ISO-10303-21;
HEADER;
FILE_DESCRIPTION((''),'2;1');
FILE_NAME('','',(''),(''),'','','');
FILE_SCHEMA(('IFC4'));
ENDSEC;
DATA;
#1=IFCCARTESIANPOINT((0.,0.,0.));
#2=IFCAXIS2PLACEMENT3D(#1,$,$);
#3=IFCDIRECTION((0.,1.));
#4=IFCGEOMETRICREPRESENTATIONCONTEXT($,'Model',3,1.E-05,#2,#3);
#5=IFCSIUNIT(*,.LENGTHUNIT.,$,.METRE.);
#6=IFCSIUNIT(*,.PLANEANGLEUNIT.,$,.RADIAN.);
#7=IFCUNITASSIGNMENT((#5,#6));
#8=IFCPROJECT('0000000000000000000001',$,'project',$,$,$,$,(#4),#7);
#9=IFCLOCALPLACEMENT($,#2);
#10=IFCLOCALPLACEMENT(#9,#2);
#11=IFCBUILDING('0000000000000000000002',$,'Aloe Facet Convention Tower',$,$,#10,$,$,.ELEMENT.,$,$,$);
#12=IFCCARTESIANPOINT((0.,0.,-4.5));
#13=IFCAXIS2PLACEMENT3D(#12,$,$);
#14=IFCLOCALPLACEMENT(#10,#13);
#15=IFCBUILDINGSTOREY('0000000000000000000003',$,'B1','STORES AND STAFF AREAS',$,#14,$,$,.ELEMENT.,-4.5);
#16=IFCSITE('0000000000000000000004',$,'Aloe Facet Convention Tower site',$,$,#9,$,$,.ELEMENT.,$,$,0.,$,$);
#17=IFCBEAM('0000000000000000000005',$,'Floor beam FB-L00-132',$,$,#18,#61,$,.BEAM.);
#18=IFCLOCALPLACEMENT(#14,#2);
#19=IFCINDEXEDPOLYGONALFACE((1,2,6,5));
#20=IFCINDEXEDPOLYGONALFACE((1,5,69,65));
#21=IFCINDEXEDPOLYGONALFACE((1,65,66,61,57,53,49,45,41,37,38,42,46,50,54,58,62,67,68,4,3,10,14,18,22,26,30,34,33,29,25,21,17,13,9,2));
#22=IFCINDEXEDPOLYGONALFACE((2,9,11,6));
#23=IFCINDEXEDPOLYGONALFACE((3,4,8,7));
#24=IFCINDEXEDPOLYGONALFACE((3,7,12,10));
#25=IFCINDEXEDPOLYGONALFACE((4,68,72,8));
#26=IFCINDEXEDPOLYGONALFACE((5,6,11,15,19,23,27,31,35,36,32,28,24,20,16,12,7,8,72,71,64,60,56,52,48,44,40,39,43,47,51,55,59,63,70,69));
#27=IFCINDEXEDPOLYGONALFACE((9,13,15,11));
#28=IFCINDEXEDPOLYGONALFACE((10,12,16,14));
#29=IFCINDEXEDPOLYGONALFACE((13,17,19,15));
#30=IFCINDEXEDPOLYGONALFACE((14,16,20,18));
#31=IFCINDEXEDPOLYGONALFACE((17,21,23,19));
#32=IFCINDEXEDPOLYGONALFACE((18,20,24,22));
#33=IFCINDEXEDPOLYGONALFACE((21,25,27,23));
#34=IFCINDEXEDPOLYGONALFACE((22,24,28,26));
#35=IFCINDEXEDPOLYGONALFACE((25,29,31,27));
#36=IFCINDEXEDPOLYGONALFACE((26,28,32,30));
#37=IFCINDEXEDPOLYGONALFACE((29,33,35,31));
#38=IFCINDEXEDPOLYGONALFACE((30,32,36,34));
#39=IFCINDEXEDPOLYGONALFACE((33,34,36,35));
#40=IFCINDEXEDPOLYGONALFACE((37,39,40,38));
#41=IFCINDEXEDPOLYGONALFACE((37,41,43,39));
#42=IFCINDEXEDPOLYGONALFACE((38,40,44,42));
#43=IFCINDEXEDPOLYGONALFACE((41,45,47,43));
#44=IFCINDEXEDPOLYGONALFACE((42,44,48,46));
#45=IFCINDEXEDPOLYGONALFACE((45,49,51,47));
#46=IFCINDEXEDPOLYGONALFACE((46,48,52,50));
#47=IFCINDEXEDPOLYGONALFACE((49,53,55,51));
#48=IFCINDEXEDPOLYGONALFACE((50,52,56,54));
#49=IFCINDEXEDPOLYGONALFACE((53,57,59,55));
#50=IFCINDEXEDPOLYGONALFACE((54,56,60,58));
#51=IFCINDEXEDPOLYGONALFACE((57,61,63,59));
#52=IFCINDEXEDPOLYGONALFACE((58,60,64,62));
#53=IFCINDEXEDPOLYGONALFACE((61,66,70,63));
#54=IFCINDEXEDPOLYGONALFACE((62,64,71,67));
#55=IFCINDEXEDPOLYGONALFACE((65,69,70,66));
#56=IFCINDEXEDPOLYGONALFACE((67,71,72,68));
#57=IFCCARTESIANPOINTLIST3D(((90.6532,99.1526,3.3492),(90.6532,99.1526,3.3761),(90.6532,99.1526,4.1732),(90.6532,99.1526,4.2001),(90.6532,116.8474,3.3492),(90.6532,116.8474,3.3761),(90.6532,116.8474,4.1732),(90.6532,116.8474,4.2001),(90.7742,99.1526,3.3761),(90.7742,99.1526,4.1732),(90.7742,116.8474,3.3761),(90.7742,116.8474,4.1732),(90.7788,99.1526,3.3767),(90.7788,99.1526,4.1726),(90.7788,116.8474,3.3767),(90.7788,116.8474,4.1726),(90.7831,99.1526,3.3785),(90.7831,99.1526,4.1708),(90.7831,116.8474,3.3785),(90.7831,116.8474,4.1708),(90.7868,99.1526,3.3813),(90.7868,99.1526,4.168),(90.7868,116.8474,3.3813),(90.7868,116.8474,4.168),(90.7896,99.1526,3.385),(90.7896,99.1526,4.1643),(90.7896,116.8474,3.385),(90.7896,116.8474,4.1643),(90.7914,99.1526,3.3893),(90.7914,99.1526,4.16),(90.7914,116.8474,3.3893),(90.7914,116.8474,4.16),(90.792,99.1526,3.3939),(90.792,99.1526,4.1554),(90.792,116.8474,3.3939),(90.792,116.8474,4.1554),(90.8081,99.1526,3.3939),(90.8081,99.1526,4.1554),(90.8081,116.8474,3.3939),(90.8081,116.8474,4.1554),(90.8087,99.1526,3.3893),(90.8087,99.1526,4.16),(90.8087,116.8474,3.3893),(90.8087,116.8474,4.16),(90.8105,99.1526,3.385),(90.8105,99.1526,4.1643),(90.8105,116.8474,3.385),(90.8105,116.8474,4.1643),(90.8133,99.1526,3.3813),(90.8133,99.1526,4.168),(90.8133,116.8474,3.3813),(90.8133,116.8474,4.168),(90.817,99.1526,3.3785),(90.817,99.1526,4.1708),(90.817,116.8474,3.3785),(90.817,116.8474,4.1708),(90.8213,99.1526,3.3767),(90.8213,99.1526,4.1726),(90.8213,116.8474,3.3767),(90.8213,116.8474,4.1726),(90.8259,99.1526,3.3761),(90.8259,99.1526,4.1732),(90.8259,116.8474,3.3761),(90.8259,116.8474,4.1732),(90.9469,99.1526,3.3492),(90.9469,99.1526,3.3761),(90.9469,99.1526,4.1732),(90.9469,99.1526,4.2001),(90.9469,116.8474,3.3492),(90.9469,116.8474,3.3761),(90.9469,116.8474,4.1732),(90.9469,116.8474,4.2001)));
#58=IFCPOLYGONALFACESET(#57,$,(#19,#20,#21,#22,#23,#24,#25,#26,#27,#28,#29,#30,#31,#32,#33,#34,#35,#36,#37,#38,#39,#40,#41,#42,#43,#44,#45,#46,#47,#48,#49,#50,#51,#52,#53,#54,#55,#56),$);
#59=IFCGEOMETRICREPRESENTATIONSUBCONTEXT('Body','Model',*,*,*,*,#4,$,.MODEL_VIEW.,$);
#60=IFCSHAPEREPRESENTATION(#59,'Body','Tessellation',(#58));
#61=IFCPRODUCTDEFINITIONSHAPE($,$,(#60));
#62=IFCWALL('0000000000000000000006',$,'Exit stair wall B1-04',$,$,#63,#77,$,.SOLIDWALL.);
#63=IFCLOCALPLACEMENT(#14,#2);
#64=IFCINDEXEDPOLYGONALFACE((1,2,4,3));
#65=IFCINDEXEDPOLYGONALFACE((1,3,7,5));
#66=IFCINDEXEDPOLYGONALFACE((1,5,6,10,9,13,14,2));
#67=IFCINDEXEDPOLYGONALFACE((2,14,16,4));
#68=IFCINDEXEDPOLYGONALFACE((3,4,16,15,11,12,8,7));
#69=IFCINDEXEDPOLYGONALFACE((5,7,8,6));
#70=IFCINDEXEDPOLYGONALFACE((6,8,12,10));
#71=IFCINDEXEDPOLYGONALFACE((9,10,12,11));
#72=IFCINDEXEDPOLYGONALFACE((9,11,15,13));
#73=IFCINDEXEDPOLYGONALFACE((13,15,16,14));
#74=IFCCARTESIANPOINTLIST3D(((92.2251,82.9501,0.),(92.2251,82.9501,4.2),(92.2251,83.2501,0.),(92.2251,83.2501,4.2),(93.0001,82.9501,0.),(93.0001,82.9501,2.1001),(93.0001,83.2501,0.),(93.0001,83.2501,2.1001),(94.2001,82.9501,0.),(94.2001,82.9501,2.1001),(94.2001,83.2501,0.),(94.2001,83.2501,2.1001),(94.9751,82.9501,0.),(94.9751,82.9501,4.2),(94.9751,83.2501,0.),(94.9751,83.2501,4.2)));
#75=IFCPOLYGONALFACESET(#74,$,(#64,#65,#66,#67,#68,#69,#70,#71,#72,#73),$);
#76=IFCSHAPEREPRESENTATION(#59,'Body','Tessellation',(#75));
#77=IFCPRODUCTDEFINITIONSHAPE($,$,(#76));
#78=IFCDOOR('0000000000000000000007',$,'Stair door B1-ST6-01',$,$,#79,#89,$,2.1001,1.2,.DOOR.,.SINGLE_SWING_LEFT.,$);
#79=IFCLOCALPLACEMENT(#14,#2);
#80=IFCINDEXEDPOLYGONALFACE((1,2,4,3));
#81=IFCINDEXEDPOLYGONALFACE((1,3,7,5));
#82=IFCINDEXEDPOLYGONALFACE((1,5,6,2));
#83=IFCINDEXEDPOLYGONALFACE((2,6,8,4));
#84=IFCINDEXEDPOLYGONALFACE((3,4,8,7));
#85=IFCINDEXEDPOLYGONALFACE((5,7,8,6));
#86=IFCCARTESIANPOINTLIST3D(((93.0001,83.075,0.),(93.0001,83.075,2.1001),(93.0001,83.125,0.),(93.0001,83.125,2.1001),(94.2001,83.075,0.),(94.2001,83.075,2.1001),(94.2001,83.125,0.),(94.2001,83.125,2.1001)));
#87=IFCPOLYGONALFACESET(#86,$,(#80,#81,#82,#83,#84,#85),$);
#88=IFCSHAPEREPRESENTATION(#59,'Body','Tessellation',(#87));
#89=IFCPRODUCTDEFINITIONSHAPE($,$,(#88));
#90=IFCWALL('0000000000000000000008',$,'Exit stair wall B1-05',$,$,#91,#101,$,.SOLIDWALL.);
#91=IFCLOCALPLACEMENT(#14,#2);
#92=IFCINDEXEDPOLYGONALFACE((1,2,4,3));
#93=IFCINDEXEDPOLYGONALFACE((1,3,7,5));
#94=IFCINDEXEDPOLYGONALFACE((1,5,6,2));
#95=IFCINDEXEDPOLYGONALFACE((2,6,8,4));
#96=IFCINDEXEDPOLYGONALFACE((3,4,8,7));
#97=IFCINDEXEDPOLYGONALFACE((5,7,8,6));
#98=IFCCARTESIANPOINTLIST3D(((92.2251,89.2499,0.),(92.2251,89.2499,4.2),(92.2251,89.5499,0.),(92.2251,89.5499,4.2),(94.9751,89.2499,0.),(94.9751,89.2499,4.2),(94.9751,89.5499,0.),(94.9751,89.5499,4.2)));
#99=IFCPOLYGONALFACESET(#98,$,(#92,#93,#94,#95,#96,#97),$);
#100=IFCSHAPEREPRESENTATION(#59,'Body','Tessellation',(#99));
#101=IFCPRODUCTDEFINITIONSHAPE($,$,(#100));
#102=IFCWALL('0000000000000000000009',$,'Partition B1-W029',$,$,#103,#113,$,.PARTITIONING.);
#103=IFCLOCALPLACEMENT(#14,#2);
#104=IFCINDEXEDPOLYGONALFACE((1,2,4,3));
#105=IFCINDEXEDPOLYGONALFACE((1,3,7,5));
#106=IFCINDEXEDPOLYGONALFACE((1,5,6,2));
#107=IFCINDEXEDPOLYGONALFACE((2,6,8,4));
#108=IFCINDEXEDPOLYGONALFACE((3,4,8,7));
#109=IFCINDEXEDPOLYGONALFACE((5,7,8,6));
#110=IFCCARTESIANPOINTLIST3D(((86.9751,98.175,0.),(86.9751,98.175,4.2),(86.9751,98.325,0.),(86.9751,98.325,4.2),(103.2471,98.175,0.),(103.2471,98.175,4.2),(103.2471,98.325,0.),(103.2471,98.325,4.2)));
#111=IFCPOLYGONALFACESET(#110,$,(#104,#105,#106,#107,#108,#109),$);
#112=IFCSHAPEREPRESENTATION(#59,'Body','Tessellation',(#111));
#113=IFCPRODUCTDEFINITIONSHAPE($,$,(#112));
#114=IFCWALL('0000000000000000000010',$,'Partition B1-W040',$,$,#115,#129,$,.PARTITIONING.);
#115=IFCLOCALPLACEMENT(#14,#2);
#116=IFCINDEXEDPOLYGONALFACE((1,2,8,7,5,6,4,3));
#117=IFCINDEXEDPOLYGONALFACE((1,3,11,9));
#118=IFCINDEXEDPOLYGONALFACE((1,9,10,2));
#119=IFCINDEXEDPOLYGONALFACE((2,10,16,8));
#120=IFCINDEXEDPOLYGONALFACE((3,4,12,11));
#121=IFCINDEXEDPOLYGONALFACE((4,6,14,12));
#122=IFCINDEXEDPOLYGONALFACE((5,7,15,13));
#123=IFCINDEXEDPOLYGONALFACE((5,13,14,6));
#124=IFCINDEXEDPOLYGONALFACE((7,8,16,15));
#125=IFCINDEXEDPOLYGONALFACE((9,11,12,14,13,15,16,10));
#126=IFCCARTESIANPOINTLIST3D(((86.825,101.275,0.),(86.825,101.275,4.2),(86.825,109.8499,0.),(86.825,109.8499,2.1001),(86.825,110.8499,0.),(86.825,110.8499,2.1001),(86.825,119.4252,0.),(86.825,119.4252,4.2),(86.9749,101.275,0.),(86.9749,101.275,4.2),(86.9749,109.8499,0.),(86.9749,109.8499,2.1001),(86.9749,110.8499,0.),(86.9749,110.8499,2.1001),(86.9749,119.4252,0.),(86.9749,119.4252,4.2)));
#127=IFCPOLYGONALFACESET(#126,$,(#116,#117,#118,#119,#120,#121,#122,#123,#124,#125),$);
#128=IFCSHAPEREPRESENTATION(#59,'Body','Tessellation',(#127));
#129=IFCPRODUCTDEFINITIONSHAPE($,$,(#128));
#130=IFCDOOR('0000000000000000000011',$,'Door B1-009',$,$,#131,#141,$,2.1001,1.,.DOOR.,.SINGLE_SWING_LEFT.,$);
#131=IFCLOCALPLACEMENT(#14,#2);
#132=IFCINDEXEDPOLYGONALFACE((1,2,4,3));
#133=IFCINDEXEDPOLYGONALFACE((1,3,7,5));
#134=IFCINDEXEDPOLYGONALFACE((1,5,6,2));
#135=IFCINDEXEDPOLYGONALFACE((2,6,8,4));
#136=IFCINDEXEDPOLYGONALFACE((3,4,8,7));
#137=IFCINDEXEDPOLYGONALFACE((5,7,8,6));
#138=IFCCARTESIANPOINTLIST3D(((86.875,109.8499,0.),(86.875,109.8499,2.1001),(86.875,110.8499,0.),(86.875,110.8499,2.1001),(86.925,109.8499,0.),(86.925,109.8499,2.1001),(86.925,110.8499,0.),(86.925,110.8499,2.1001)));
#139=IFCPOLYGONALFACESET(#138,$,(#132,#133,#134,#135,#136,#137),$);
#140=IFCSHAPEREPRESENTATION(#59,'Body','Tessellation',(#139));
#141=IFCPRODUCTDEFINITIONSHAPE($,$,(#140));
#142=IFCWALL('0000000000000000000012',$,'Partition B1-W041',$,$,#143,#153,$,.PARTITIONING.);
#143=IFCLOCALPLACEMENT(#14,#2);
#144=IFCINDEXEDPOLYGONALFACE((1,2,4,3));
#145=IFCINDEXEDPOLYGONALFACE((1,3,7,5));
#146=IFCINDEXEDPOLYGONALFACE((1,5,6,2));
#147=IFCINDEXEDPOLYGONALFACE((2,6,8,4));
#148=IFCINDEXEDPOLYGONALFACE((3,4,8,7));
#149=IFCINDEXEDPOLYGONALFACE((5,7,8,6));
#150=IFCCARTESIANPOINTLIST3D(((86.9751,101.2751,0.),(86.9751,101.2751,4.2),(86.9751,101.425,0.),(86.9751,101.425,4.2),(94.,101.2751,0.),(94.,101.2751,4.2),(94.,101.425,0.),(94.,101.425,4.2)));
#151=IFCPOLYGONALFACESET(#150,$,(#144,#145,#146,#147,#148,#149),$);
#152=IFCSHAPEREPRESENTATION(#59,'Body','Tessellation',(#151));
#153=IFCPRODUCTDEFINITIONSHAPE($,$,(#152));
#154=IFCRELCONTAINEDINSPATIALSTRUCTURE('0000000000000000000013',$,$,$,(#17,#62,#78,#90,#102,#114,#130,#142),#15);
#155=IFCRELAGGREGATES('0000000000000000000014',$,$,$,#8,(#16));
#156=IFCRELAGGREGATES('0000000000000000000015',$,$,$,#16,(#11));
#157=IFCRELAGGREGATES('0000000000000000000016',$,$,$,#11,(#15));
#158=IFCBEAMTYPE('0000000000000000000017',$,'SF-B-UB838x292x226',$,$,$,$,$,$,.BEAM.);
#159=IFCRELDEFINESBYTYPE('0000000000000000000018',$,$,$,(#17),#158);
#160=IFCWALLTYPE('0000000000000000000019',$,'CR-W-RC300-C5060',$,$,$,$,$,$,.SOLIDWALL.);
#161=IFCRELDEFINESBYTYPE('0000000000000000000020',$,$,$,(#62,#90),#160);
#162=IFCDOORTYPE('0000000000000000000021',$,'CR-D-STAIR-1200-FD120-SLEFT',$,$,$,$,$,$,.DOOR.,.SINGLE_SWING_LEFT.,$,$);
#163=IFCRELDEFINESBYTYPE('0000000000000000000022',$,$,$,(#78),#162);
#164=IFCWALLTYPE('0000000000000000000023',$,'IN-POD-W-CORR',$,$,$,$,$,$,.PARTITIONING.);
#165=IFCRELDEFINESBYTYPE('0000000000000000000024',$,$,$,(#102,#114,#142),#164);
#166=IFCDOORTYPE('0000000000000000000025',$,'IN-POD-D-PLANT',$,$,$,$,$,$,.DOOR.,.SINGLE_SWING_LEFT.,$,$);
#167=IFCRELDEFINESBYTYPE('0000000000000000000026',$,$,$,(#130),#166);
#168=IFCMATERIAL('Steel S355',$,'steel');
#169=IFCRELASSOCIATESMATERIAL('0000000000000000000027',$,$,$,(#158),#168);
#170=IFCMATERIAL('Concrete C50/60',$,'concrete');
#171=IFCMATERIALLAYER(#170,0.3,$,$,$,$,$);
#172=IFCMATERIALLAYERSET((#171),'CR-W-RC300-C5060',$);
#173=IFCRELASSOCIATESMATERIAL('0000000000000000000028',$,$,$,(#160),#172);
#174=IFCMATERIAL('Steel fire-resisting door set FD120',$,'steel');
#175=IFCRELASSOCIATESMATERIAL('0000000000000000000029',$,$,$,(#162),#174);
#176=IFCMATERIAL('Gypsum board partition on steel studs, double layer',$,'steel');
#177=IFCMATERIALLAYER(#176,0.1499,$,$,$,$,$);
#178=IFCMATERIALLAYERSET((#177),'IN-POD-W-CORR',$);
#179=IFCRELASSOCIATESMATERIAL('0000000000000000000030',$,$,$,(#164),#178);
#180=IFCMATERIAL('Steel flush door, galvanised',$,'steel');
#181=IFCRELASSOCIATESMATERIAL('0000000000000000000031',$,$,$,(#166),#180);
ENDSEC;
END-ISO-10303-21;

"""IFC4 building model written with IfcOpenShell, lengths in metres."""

from ifc_helpers import new_model, si_unit, direction, frame, frame_2d, origin, origin_2d, place, context, subcontext, project, spatial, rectangle, i_section, extrude, material, layer, layer_set, material_profile, profile_set, type_object, element, fill, save


model = new_model("IFC4")

# Units and contexts
model_context = context("Model", 3, precision=1e-05, world=origin(), true_north=direction((0.0, 1.0)))
body_context = subcontext(model_context, "Body", "Model", "MODEL_VIEW")
ifc_project = project(units=[si_unit("LENGTHUNIT", "METRE"), si_unit("PLANEANGLEUNIT", "RADIAN")], contexts=[model_context])

# Site, building, storey
site_placement = place(None, origin())
site = spatial("IfcSite", under=ifc_project, at=site_placement, Name="Aloe Facet Convention Tower site", CompositionType="ELEMENT", RefElevation=0.0)
building_placement = place(site_placement, origin())
building = spatial("IfcBuilding", under=site, at=building_placement, Name="Aloe Facet Convention Tower", CompositionType="ELEMENT")
storey_placement = place(building_placement, frame((0.0, 0.0, -4.5)))
storey = spatial("IfcBuildingStorey", under=building, at=storey_placement, Name="B1", Description="STORES AND STAFF AREAS", CompositionType="ELEMENT", Elevation=-4.5)

# Beam
ifc_material_1 = material(Name="Steel S355", Category="steel")
ifc_material_profile_1 = material_profile(ifc_material_1, i_section(OverallWidth=0.2937, OverallDepth=0.8508, WebThickness=0.0161, FlangeThickness=0.0269, FilletRadius=0.0178, at=origin_2d()), Name="UB 838x292x226")
ifc_profile_set_1 = profile_set([ifc_material_profile_1], Name="Steel S355")
beam_type_1 = type_object("IfcBeamType", Name="SF-B-UB838x292x226", PredefinedType="BEAM", material=ifc_profile_set_1)
beam_1_placement = place(storey_placement, frame((90.8, 99.1526, 3.7747), z_axis=(0.0, 1.0, 0.0), x_axis=(-1.0, 0.0, 0.0)))
element("IfcBeam", 1, at=beam_1_placement, inside=storey, type_object=beam_type_1, Name="Floor beam FB-L00-132", PredefinedType="BEAM", context=body_context, shape_type="SweptSolid", body=[
    extrude(i_section(OverallWidth=0.2937, OverallDepth=0.8508, WebThickness=0.0161, FlangeThickness=0.0269, FilletRadius=0.0178, at=origin_2d()), origin(), (0.0, 0.0, 1.0), 17.6948),
])

# Wall, opening, door
ifc_material_2 = material(Name="Concrete C50/60", Category="concrete")
ifc_layer_1 = layer(ifc_material_2, 0.3)
ifc_layer_set_1 = layer_set([ifc_layer_1], Name="CR-W-RC300-C5060")
wall_type_1 = type_object("IfcWallType", Name="CR-W-RC300-C5060", PredefinedType="SOLIDWALL", material=ifc_layer_set_1)
wall_1_placement = place(storey_placement, frame((92.2251, 83.1001, 0.0), z_axis=(0.0, 0.0, 1.0), x_axis=(1.0, 0.0, 0.0)))
wall_1 = element("IfcWall", 2, at=wall_1_placement, inside=storey, type_object=wall_type_1, Name="Exit stair wall B1-04", PredefinedType="SOLIDWALL", context=body_context, shape_type="SweptSolid", body=[
    extrude(rectangle(XDim=2.75, YDim=0.3, at=frame_2d((1.375, 0.0))), origin(), (0.0, 0.0, 1.0), 4.2),
])
opening_1_placement = place(wall_1_placement, frame((0.7749, 0.0, 0.0)))
opening_1 = element("IfcOpeningElement", 3, at=opening_1_placement, cuts=wall_1, PredefinedType="OPENING", context=body_context, shape_type="SweptSolid", body=[
    extrude(rectangle(XDim=1.2, YDim=2.1001, at=frame_2d((0.6001, 1.05))), frame((0.0, 0.1602, 0.0), z_axis=(0.0, -1.0, 0.0), x_axis=(1.0, 0.0, 0.0)), (0.0, 0.0, 1.0), 0.3201),
])
ifc_material_3 = material(Name="Steel fire-resisting door set FD120", Category="steel")
door_type_1 = type_object("IfcDoorType", Name="CR-D-STAIR-1200-FD120-SLEFT", OperationType="SINGLE_SWING_LEFT", PredefinedType="DOOR", material=ifc_material_3)
door_1_placement = place(opening_1_placement, origin())
door_1 = element("IfcDoor", 4, at=door_1_placement, inside=storey, type_object=door_type_1, Name="Stair door B1-ST6-01", OperationType="SINGLE_SWING_LEFT", OverallHeight=2.1001, OverallWidth=1.2, PredefinedType="DOOR", context=body_context, shape_type="SweptSolid", body=[
    extrude(rectangle(XDim=1.2, YDim=2.1001, at=frame_2d((0.6001, 1.05))), frame((0.0, 0.0249, 0.0), z_axis=(0.0, -1.0, 0.0), x_axis=(1.0, 0.0, 0.0)), (0.0, 0.0, 1.0), 0.05),
])
fill(opening_1, door_1)

# Walls
wall_2_placement = place(storey_placement, frame((92.2251, 89.3999, 0.0), z_axis=(0.0, 0.0, 1.0), x_axis=(1.0, 0.0, 0.0)))
element("IfcWall", 5, at=wall_2_placement, inside=storey, type_object=wall_type_1, Name="Exit stair wall B1-05", PredefinedType="SOLIDWALL", context=body_context, shape_type="SweptSolid", body=[
    extrude(rectangle(XDim=2.75, YDim=0.3, at=frame_2d((1.375, 0.0))), origin(), (0.0, 0.0, 1.0), 4.2),
])
ifc_material_4 = material(Name="Gypsum board partition on steel studs, double layer", Category="steel")
ifc_layer_2 = layer(ifc_material_4, 0.1499)
ifc_layer_set_2 = layer_set([ifc_layer_2], Name="IN-POD-W-CORR")
wall_type_2 = type_object("IfcWallType", Name="IN-POD-W-CORR", PredefinedType="PARTITIONING", material=ifc_layer_set_2)
wall_3_placement = place(storey_placement, frame((86.9751, 98.25, 0.0), z_axis=(0.0, 0.0, 1.0), x_axis=(1.0, 0.0, 0.0)))
element("IfcWall", 6, at=wall_3_placement, inside=storey, type_object=wall_type_2, Name="Partition B1-W029", PredefinedType="PARTITIONING", context=body_context, shape_type="SweptSolid", body=[
    extrude(rectangle(XDim=16.272, YDim=0.1499, at=frame_2d((8.136, 0.0))), origin(), (0.0, 0.0, 1.0), 4.2),
])

# Wall, opening, door
wall_4_placement = place(storey_placement, frame((86.8999, 101.2749, 0.0), z_axis=(0.0, 0.0, 1.0), x_axis=(0.0, 1.0, 0.0)))
wall_4 = element("IfcWall", 7, at=wall_4_placement, inside=storey, type_object=wall_type_2, Name="Partition B1-W040", PredefinedType="PARTITIONING", context=body_context, shape_type="SweptSolid", body=[
    extrude(rectangle(XDim=18.1501, YDim=0.1499, at=frame_2d((9.0752, 0.0))), origin(), (0.0, 0.0, 1.0), 4.2),
])
opening_2_placement = place(wall_4_placement, frame((8.575, 0.0, 0.0)))
opening_2 = element("IfcOpeningElement", 8, at=opening_2_placement, cuts=wall_4, PredefinedType="OPENING", context=body_context, shape_type="SweptSolid", body=[
    extrude(rectangle(XDim=1.0, YDim=2.1001, at=frame_2d((0.5, 1.05))), frame((0.0, 0.085, 0.0), z_axis=(0.0, -1.0, 0.0), x_axis=(1.0, 0.0, 0.0)), (0.0, 0.0, 1.0), 0.1699),
])
ifc_material_5 = material(Name="Steel flush door, galvanised", Category="steel")
door_type_2 = type_object("IfcDoorType", Name="IN-POD-D-PLANT", OperationType="SINGLE_SWING_LEFT", PredefinedType="DOOR", material=ifc_material_5)
door_2_placement = place(opening_2_placement, origin())
door_2 = element("IfcDoor", 9, at=door_2_placement, inside=storey, type_object=door_type_2, Name="Door B1-009", OperationType="SINGLE_SWING_LEFT", OverallHeight=2.1001, OverallWidth=1.0, PredefinedType="DOOR", context=body_context, shape_type="SweptSolid", body=[
    extrude(rectangle(XDim=1.0, YDim=2.1001, at=frame_2d((0.5, 1.05))), frame((0.0, 0.0249, 0.0), z_axis=(0.0, -1.0, 0.0), x_axis=(1.0, 0.0, 0.0)), (0.0, 0.0, 1.0), 0.05),
])
fill(opening_2, door_2)

# Wall
wall_5_placement = place(storey_placement, frame((86.9751, 101.3501, 0.0), z_axis=(0.0, 0.0, 1.0), x_axis=(1.0, 0.0, 0.0)))
element("IfcWall", 10, at=wall_5_placement, inside=storey, type_object=wall_type_2, Name="Partition B1-W041", PredefinedType="PARTITIONING", context=body_context, shape_type="SweptSolid", body=[
    extrude(rectangle(XDim=7.0249, YDim=0.1499, at=frame_2d((3.5125, 0.0))), origin(), (0.0, 0.0, 1.0), 4.2),
])

save(model, "model.ifc")
